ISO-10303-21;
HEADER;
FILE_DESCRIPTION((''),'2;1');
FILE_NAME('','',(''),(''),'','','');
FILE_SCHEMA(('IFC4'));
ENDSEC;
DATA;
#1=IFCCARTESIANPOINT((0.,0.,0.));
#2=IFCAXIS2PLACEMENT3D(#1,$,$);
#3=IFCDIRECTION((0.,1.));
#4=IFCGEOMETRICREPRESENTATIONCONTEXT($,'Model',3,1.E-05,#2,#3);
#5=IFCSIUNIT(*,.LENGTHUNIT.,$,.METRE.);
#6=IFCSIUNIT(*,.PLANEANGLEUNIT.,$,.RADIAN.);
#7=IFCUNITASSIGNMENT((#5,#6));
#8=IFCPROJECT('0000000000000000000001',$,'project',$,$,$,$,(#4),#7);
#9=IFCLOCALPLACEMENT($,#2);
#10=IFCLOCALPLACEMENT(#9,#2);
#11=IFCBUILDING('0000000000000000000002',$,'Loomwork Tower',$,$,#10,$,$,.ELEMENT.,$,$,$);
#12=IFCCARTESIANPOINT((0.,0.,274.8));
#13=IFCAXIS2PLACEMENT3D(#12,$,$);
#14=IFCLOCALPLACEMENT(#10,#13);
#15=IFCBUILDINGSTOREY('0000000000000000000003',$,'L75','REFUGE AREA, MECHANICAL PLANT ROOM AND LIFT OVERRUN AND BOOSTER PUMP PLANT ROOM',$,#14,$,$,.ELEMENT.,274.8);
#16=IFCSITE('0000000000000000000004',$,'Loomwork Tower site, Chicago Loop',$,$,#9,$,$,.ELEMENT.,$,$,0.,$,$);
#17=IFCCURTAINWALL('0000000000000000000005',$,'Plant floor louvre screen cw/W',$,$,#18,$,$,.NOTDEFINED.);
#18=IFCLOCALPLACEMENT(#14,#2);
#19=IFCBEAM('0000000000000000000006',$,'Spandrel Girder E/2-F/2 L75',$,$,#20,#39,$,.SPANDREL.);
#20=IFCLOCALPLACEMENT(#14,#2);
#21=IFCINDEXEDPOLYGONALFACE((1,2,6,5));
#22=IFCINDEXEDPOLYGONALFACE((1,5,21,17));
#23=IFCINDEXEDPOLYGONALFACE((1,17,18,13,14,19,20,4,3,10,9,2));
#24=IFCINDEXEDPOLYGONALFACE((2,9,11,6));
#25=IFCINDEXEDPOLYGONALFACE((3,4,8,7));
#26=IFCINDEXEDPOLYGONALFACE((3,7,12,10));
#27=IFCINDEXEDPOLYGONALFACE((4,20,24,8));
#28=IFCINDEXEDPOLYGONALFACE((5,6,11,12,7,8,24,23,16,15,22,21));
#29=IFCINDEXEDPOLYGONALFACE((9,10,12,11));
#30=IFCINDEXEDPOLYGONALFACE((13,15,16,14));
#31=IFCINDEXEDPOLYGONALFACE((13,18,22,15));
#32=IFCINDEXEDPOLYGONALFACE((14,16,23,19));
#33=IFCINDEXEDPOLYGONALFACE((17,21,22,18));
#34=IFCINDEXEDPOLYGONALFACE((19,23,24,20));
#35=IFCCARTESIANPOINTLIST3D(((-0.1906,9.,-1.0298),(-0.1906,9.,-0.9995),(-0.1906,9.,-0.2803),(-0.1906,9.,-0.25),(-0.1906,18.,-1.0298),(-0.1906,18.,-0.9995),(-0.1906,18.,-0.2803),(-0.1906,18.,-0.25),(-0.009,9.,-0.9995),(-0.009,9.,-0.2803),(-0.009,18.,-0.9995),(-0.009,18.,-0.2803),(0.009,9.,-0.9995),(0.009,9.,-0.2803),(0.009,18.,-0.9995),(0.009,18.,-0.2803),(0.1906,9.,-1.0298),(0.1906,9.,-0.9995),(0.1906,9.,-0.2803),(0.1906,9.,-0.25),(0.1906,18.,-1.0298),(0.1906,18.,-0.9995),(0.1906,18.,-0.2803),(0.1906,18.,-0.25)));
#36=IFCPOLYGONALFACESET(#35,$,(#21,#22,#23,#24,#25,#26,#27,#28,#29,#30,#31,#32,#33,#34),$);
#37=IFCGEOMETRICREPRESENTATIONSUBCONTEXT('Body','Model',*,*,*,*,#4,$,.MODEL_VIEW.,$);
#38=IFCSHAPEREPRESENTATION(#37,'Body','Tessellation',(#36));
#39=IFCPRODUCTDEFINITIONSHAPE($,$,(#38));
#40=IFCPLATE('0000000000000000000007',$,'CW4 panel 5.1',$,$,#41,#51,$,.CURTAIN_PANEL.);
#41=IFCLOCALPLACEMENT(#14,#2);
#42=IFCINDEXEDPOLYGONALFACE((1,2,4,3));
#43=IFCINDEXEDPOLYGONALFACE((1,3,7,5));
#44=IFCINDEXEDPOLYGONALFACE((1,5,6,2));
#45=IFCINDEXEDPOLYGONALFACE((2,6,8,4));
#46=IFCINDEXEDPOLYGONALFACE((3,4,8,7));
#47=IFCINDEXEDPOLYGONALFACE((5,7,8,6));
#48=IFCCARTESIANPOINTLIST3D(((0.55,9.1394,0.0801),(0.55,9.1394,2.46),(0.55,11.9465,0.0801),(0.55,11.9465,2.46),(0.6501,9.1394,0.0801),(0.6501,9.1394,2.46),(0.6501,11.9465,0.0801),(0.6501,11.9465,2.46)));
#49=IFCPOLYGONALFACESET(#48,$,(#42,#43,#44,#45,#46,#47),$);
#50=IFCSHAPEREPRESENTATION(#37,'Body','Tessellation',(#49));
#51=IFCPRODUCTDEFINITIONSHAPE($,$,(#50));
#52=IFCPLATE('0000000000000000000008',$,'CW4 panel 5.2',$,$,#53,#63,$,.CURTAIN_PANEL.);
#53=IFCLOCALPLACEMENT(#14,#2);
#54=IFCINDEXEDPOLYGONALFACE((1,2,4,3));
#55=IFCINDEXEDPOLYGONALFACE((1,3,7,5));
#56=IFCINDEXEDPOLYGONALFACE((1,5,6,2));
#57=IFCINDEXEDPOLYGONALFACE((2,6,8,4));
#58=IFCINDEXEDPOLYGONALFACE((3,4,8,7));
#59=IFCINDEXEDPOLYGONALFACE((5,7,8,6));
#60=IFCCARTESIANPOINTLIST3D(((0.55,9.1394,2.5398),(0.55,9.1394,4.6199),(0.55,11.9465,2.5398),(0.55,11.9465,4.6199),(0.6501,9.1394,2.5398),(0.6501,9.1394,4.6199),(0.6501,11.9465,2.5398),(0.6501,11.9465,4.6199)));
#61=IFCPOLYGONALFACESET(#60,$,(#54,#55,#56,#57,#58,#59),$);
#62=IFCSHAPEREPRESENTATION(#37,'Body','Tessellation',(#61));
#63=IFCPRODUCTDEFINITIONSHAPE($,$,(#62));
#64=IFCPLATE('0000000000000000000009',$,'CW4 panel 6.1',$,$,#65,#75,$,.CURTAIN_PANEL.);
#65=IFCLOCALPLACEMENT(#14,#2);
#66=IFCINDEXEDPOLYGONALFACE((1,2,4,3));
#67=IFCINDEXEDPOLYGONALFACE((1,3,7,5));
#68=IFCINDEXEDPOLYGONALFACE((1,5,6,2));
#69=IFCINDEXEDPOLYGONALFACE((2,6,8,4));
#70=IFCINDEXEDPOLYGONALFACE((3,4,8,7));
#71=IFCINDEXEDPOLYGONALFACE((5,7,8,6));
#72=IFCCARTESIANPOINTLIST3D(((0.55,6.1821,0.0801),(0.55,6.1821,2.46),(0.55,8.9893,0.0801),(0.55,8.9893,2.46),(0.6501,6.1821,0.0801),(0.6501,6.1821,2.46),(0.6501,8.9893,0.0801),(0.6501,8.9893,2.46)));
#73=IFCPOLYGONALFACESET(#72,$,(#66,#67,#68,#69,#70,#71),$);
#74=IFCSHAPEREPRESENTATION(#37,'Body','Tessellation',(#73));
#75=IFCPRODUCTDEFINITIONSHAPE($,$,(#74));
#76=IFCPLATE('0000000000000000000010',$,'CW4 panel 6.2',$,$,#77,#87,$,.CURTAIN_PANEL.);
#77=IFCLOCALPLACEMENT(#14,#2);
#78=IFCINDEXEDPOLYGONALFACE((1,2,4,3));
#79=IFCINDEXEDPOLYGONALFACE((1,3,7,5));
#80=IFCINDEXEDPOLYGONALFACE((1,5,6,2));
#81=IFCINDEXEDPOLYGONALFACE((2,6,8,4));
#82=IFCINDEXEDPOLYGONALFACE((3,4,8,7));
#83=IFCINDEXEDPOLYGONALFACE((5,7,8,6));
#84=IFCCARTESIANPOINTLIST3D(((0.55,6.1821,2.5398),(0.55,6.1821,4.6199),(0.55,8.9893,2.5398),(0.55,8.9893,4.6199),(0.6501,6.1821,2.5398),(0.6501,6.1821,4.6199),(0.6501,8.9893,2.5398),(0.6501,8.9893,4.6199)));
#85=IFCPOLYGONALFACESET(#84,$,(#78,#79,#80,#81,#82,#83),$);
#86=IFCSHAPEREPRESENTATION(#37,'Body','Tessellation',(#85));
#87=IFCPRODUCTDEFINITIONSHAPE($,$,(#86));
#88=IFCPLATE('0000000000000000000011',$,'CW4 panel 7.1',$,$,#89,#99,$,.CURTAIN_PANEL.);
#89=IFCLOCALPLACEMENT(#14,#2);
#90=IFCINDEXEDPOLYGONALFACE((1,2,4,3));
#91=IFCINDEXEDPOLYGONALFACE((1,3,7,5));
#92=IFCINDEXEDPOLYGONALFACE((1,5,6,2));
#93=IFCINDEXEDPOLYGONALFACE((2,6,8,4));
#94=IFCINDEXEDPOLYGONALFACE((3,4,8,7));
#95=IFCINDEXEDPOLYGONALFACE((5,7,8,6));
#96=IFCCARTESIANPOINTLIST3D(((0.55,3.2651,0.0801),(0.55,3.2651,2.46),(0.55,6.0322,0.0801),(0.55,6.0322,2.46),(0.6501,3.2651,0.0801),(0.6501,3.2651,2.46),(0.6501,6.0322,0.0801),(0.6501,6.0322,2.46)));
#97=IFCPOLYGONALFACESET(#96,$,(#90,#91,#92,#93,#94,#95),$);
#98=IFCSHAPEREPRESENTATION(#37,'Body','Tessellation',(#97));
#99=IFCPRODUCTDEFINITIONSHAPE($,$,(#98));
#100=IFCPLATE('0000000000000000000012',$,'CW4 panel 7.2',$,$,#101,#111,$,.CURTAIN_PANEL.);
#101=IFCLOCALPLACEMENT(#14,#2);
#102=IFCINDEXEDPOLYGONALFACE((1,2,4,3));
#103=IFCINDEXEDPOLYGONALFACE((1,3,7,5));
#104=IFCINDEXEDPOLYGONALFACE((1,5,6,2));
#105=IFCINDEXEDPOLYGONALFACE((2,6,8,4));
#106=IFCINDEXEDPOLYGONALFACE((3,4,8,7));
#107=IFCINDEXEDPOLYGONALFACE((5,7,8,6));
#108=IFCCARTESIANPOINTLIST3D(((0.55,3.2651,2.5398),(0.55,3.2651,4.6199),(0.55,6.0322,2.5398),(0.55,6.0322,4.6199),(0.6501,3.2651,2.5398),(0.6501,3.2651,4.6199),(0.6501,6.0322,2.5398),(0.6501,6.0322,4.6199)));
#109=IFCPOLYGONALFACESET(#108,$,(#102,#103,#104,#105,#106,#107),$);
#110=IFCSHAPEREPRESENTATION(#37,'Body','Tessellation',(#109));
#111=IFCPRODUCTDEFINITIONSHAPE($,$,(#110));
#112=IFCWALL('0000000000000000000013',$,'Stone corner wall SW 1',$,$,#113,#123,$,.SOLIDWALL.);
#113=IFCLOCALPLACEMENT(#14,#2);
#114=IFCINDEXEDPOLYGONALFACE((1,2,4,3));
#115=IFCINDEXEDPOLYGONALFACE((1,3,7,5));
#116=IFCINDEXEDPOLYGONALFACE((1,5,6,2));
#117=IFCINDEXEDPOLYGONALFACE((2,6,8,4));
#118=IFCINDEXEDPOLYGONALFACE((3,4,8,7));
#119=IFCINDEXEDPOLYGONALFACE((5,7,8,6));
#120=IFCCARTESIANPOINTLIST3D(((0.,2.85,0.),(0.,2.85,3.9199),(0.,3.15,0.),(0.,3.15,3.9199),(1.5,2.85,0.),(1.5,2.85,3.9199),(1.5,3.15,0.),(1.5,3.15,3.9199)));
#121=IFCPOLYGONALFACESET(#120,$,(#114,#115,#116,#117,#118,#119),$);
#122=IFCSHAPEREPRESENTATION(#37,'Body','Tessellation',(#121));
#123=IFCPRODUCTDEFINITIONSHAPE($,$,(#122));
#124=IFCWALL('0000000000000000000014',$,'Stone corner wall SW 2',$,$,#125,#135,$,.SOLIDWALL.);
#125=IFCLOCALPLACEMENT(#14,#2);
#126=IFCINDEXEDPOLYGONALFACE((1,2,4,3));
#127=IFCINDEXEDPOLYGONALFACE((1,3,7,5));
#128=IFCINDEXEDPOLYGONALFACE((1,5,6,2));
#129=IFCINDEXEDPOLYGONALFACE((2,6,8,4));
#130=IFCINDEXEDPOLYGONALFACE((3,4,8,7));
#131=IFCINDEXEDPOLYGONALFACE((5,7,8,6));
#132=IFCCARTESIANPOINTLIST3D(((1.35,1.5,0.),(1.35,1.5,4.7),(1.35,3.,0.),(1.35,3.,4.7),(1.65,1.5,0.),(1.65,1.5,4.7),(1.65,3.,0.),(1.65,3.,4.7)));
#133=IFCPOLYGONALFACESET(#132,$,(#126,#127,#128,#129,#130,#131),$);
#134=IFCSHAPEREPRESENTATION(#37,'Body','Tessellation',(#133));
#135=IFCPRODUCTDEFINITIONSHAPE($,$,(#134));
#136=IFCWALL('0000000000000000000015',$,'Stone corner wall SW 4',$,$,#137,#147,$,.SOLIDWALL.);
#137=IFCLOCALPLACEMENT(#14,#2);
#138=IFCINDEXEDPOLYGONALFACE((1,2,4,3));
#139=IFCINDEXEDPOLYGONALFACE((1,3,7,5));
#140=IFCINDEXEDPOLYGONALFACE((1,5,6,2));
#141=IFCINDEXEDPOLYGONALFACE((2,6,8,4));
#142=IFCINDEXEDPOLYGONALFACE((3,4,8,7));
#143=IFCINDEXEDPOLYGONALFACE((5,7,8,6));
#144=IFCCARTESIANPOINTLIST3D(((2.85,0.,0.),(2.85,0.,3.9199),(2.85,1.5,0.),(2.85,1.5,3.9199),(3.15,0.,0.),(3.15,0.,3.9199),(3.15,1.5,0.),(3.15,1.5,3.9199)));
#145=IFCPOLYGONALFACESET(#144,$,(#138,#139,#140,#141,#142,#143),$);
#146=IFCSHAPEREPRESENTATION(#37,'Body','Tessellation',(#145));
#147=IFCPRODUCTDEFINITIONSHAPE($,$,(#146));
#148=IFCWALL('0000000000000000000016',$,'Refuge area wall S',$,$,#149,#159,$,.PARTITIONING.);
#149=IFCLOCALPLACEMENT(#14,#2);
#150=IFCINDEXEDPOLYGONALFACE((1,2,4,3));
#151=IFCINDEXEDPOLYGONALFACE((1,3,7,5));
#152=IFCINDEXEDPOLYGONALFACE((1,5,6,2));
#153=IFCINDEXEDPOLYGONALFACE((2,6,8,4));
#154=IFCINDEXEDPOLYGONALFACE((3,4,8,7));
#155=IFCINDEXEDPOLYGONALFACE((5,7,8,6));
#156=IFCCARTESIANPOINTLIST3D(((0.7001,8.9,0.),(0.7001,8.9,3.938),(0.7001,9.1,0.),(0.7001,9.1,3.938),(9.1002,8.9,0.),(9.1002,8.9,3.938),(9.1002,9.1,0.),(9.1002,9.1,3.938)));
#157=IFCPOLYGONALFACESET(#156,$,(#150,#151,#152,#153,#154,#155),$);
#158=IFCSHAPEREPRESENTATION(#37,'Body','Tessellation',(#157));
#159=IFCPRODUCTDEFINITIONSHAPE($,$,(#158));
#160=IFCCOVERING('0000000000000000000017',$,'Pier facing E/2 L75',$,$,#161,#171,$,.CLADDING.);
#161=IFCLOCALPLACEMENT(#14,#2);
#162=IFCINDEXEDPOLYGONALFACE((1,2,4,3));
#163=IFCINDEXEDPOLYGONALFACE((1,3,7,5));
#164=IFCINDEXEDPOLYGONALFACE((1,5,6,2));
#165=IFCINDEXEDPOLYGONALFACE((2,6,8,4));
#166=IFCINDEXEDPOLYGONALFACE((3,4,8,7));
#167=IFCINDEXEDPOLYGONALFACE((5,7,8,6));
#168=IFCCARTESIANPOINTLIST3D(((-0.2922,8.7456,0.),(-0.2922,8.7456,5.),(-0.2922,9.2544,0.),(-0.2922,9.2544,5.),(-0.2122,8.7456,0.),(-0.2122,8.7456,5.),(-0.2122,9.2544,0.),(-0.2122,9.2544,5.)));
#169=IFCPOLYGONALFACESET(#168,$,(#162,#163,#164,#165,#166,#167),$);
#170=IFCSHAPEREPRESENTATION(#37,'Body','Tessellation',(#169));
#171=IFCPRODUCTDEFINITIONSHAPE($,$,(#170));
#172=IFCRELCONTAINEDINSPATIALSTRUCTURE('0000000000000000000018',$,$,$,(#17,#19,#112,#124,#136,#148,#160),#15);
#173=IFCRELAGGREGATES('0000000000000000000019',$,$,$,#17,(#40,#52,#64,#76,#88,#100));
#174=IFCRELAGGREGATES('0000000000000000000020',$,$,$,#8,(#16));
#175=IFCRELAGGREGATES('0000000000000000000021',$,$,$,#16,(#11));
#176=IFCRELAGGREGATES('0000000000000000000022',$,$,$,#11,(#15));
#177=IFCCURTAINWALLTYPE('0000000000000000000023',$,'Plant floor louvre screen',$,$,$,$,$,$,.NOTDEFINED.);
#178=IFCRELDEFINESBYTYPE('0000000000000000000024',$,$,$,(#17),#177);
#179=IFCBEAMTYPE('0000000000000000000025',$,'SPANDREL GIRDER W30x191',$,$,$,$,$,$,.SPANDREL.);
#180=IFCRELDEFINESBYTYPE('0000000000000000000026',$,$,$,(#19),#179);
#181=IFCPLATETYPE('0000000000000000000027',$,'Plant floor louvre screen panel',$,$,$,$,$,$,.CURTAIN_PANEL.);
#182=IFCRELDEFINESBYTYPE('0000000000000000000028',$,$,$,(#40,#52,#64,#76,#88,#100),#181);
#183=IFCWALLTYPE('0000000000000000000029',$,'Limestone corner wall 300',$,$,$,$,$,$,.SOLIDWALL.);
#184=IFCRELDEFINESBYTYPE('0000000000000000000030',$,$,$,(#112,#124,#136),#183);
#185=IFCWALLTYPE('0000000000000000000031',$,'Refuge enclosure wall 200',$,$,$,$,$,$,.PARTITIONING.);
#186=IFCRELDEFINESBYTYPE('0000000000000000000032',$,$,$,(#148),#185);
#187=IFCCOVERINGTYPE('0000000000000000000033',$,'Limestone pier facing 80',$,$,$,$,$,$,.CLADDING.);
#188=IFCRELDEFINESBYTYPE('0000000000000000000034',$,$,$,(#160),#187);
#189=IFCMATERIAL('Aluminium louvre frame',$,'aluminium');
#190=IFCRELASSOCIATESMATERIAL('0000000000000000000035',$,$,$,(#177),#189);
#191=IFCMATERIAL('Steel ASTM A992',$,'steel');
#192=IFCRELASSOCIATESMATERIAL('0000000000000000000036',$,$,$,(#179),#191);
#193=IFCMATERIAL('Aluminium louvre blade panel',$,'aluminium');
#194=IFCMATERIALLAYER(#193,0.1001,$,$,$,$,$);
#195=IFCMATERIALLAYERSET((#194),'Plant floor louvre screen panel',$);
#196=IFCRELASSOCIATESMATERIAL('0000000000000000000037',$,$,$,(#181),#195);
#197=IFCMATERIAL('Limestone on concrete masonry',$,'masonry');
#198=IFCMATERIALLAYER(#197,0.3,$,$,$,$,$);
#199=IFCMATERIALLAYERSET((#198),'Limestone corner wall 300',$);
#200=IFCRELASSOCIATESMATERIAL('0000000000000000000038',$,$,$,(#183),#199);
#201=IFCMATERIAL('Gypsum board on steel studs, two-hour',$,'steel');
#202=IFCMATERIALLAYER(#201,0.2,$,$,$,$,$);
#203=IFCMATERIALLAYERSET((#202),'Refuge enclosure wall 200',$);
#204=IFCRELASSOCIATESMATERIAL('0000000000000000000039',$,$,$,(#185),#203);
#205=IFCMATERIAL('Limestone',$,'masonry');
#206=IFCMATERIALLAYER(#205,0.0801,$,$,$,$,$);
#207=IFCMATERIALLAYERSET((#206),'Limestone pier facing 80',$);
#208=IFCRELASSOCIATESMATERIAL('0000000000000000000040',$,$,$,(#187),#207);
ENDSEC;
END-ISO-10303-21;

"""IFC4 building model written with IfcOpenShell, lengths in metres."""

from ifc_helpers import new_model, si_unit, direction, frame, frame_2d, origin, origin_2d, place, context, subcontext, project, spatial, rectangle, i_section, extrude, material, layer, layer_set, material_profile, profile_set, type_object, element, aggregate, save


model = new_model("IFC4")

# Units and contexts
model_context = context("Model", 3, precision=1e-05, world=origin(), true_north=direction((0.0, 1.0)))
body_context = subcontext(model_context, "Body", "Model", "MODEL_VIEW")
ifc_project = project(units=[si_unit("LENGTHUNIT", "METRE"), si_unit("PLANEANGLEUNIT", "RADIAN")], contexts=[model_context])

# Site, building, storey
site_placement = place(None, origin())
site = spatial("IfcSite", under=ifc_project, at=site_placement, Name="Loomwork Tower site, Chicago Loop", CompositionType="ELEMENT", RefElevation=0.0)
building_placement = place(site_placement, origin())
building = spatial("IfcBuilding", under=site, at=building_placement, Name="Loomwork Tower", CompositionType="ELEMENT")
storey_placement = place(building_placement, frame((0.0, 0.0, 274.8)))
storey = spatial("IfcBuildingStorey", under=building, at=storey_placement, Name="L75", Description="REFUGE AREA, MECHANICAL PLANT ROOM AND LIFT OVERRUN AND BOOSTER PUMP PLANT ROOM", CompositionType="ELEMENT", Elevation=274.8)

# Curtain wall
ifc_material_1 = material(Name="Aluminium louvre frame", Category="aluminium")
curtain_wall_type = type_object("IfcCurtainWallType", Name="Plant floor louvre screen", PredefinedType="NOTDEFINED", material=ifc_material_1)
curtain_wall_placement = place(storey_placement, origin())
curtain_wall = element("IfcCurtainWall", 1, at=curtain_wall_placement, inside=storey, type_object=curtain_wall_type, Name="Plant floor louvre screen cw/W", PredefinedType="NOTDEFINED")

# Beam
ifc_material_2 = material(Name="Steel ASTM A992", Category="steel")
ifc_material_profile_1 = material_profile(ifc_material_2, i_section(OverallWidth=0.3811, OverallDepth=0.7798, WebThickness=0.0181, FlangeThickness=0.0303, at=origin_2d()), Name="W30x191")
ifc_profile_set_1 = profile_set([ifc_material_profile_1], Name="Steel ASTM A992")
beam_type_1 = type_object("IfcBeamType", Name="SPANDREL GIRDER W30x191", PredefinedType="SPANDREL", material=ifc_profile_set_1)
beam_1_placement = place(storey_placement, frame((0.0, 9.0, -0.6399), z_axis=(0.0, 1.0, 0.0), x_axis=(-1.0, 0.0, 0.0)))
element("IfcBeam", 2, at=beam_1_placement, inside=storey, type_object=beam_type_1, Name="Spandrel Girder E/2-F/2 L75", PredefinedType="SPANDREL", context=body_context, shape_type="SweptSolid", body=[
    extrude(i_section(OverallWidth=0.3811, OverallDepth=0.7798, WebThickness=0.0181, FlangeThickness=0.0303, at=origin_2d()), origin(), (0.0, 0.0, 1.0), 9.0),
])

# Plates
ifc_material_3 = material(Name="Aluminium louvre blade panel", Category="aluminium")
ifc_layer_1 = layer(ifc_material_3, 0.1001)
ifc_layer_set_1 = layer_set([ifc_layer_1], Name="Plant floor louvre screen panel")
plate_type = type_object("IfcPlateType", Name="Plant floor louvre screen panel", PredefinedType="CURTAIN_PANEL", material=ifc_layer_set_1)
plate_1_placement = place(storey_placement, frame((0.6001, 10.543, 0.0801), z_axis=(0.0, 0.0, 1.0), x_axis=(0.0, -1.0, 0.0)))
plate_1 = element("IfcPlate", 3, at=plate_1_placement, type_object=plate_type, Name="CW4 panel 5.1", PredefinedType="CURTAIN_PANEL", context=body_context, shape_type="SweptSolid", body=[
    extrude(rectangle(XDim=2.8071, YDim=0.1001, at=origin_2d()), origin(), (0.0, 0.0, 1.0), 2.3799),
])
plate_2_placement = place(storey_placement, frame((0.6001, 10.543, 2.5398), z_axis=(0.0, 0.0, 1.0), x_axis=(0.0, -1.0, 0.0)))
plate_2 = element("IfcPlate", 4, at=plate_2_placement, type_object=plate_type, Name="CW4 panel 5.2", PredefinedType="CURTAIN_PANEL", context=body_context, shape_type="SweptSolid", body=[
    extrude(rectangle(XDim=2.8071, YDim=0.1001, at=origin_2d()), origin(), (0.0, 0.0, 1.0), 2.0801),
])
plate_3_placement = place(storey_placement, frame((0.6001, 7.5857, 0.0801), z_axis=(0.0, 0.0, 1.0), x_axis=(0.0, -1.0, 0.0)))
plate_3 = element("IfcPlate", 5, at=plate_3_placement, type_object=plate_type, Name="CW4 panel 6.1", PredefinedType="CURTAIN_PANEL", context=body_context, shape_type="SweptSolid", body=[
    extrude(rectangle(XDim=2.8071, YDim=0.1001, at=origin_2d()), origin(), (0.0, 0.0, 1.0), 2.3799),
])
plate_4_placement = place(storey_placement, frame((0.6001, 7.5857, 2.5398), z_axis=(0.0, 0.0, 1.0), x_axis=(0.0, -1.0, 0.0)))
plate_4 = element("IfcPlate", 6, at=plate_4_placement, type_object=plate_type, Name="CW4 panel 6.2", PredefinedType="CURTAIN_PANEL", context=body_context, shape_type="SweptSolid", body=[
    extrude(rectangle(XDim=2.8071, YDim=0.1001, at=origin_2d()), origin(), (0.0, 0.0, 1.0), 2.0801),
])
plate_5_placement = place(storey_placement, frame((0.6001, 4.6487, 0.0801), z_axis=(0.0, 0.0, 1.0), x_axis=(0.0, -1.0, 0.0)))
plate_5 = element("IfcPlate", 7, at=plate_5_placement, type_object=plate_type, Name="CW4 panel 7.1", PredefinedType="CURTAIN_PANEL", context=body_context, shape_type="SweptSolid", body=[
    extrude(rectangle(XDim=2.7671, YDim=0.1001, at=origin_2d()), origin(), (0.0, 0.0, 1.0), 2.3799),
])
plate_6_placement = place(storey_placement, frame((0.6001, 4.6487, 2.5398), z_axis=(0.0, 0.0, 1.0), x_axis=(0.0, -1.0, 0.0)))
plate_6 = element("IfcPlate", 8, at=plate_6_placement, type_object=plate_type, Name="CW4 panel 7.2", PredefinedType="CURTAIN_PANEL", context=body_context, shape_type="SweptSolid", body=[
    extrude(rectangle(XDim=2.7671, YDim=0.1001, at=origin_2d()), origin(), (0.0, 0.0, 1.0), 2.0801),
])
aggregate(curtain_wall, [plate_1, plate_2, plate_3, plate_4, plate_5, plate_6])

# Walls
ifc_material_4 = material(Name="Limestone on concrete masonry", Category="masonry")
ifc_layer_2 = layer(ifc_material_4, 0.3)
ifc_layer_set_2 = layer_set([ifc_layer_2], Name="Limestone corner wall 300")
wall_type_1 = type_object("IfcWallType", Name="Limestone corner wall 300", PredefinedType="SOLIDWALL", material=ifc_layer_set_2)
wall_1_placement = place(storey_placement, frame((0.0, 3.0, 0.0), z_axis=(0.0, 0.0, 1.0), x_axis=(1.0, 0.0, 0.0)))
element("IfcWall", 9, at=wall_1_placement, inside=storey, type_object=wall_type_1, Name="Stone corner wall SW 1", PredefinedType="SOLIDWALL", context=body_context, shape_type="SweptSolid", body=[
    extrude(rectangle(XDim=1.5, YDim=0.3, at=frame_2d((0.75, 0.0))), origin(), (0.0, 0.0, 1.0), 3.9199),
])
wall_2_placement = place(storey_placement, frame((1.5, 3.0, 0.0), z_axis=(0.0, 0.0, 1.0), x_axis=(0.0, -1.0, 0.0)))
element("IfcWall", 10, at=wall_2_placement, inside=storey, type_object=wall_type_1, Name="Stone corner wall SW 2", PredefinedType="SOLIDWALL", context=body_context, shape_type="SweptSolid", body=[
    extrude(rectangle(XDim=1.5, YDim=0.3, at=frame_2d((0.75, 0.0))), origin(), (0.0, 0.0, 1.0), 4.7),
])
wall_3_placement = place(storey_placement, frame((3.0, 1.5, 0.0), z_axis=(0.0, 0.0, 1.0), x_axis=(0.0, -1.0, 0.0)))
element("IfcWall", 11, at=wall_3_placement, inside=storey, type_object=wall_type_1, Name="Stone corner wall SW 4", PredefinedType="SOLIDWALL", context=body_context, shape_type="SweptSolid", body=[
    extrude(rectangle(XDim=1.5, YDim=0.3, at=frame_2d((0.75, 0.0))), origin(), (0.0, 0.0, 1.0), 3.9199),
])
ifc_material_5 = material(Name="Gypsum board on steel studs, two-hour", Category="steel")
ifc_layer_3 = layer(ifc_material_5, 0.2)
ifc_layer_set_3 = layer_set([ifc_layer_3], Name="Refuge enclosure wall 200")
wall_type_2 = type_object("IfcWallType", Name="Refuge enclosure wall 200", PredefinedType="PARTITIONING", material=ifc_layer_set_3)
wall_4_placement = place(storey_placement, frame((0.7, 9.0, 0.0), z_axis=(0.0, 0.0, 1.0), x_axis=(1.0, 0.0, 0.0)))
element("IfcWall", 12, at=wall_4_placement, inside=storey, type_object=wall_type_2, Name="Refuge area wall S", PredefinedType="PARTITIONING", context=body_context, shape_type="SweptSolid", body=[
    extrude(rectangle(XDim=8.4001, YDim=0.2, at=frame_2d((4.2002, 0.0))), origin(), (0.0, 0.0, 1.0), 3.938),
])

# Covering
ifc_material_6 = material(Name="Limestone", Category="masonry")
ifc_layer_4 = layer(ifc_material_6, 0.0801)
ifc_layer_set_4 = layer_set([ifc_layer_4], Name="Limestone pier facing 80")
covering_type = type_object("IfcCoveringType", Name="Limestone pier facing 80", PredefinedType="CLADDING", material=ifc_layer_set_4)
covering_placement = place(storey_placement, frame((-0.2522, 9.0, 0.0), z_axis=(0.0, 0.0, 1.0), x_axis=(1.0, 0.0, 0.0)))
element("IfcCovering", 13, at=covering_placement, inside=storey, type_object=covering_type, Name="Pier facing E/2 L75", PredefinedType="CLADDING", context=body_context, shape_type="SweptSolid", body=[
    extrude(rectangle(XDim=0.0801, YDim=0.5088, at=origin_2d()), origin(), (0.0, 0.0, 1.0), 5.0),
])

save(model, "model.ifc")
